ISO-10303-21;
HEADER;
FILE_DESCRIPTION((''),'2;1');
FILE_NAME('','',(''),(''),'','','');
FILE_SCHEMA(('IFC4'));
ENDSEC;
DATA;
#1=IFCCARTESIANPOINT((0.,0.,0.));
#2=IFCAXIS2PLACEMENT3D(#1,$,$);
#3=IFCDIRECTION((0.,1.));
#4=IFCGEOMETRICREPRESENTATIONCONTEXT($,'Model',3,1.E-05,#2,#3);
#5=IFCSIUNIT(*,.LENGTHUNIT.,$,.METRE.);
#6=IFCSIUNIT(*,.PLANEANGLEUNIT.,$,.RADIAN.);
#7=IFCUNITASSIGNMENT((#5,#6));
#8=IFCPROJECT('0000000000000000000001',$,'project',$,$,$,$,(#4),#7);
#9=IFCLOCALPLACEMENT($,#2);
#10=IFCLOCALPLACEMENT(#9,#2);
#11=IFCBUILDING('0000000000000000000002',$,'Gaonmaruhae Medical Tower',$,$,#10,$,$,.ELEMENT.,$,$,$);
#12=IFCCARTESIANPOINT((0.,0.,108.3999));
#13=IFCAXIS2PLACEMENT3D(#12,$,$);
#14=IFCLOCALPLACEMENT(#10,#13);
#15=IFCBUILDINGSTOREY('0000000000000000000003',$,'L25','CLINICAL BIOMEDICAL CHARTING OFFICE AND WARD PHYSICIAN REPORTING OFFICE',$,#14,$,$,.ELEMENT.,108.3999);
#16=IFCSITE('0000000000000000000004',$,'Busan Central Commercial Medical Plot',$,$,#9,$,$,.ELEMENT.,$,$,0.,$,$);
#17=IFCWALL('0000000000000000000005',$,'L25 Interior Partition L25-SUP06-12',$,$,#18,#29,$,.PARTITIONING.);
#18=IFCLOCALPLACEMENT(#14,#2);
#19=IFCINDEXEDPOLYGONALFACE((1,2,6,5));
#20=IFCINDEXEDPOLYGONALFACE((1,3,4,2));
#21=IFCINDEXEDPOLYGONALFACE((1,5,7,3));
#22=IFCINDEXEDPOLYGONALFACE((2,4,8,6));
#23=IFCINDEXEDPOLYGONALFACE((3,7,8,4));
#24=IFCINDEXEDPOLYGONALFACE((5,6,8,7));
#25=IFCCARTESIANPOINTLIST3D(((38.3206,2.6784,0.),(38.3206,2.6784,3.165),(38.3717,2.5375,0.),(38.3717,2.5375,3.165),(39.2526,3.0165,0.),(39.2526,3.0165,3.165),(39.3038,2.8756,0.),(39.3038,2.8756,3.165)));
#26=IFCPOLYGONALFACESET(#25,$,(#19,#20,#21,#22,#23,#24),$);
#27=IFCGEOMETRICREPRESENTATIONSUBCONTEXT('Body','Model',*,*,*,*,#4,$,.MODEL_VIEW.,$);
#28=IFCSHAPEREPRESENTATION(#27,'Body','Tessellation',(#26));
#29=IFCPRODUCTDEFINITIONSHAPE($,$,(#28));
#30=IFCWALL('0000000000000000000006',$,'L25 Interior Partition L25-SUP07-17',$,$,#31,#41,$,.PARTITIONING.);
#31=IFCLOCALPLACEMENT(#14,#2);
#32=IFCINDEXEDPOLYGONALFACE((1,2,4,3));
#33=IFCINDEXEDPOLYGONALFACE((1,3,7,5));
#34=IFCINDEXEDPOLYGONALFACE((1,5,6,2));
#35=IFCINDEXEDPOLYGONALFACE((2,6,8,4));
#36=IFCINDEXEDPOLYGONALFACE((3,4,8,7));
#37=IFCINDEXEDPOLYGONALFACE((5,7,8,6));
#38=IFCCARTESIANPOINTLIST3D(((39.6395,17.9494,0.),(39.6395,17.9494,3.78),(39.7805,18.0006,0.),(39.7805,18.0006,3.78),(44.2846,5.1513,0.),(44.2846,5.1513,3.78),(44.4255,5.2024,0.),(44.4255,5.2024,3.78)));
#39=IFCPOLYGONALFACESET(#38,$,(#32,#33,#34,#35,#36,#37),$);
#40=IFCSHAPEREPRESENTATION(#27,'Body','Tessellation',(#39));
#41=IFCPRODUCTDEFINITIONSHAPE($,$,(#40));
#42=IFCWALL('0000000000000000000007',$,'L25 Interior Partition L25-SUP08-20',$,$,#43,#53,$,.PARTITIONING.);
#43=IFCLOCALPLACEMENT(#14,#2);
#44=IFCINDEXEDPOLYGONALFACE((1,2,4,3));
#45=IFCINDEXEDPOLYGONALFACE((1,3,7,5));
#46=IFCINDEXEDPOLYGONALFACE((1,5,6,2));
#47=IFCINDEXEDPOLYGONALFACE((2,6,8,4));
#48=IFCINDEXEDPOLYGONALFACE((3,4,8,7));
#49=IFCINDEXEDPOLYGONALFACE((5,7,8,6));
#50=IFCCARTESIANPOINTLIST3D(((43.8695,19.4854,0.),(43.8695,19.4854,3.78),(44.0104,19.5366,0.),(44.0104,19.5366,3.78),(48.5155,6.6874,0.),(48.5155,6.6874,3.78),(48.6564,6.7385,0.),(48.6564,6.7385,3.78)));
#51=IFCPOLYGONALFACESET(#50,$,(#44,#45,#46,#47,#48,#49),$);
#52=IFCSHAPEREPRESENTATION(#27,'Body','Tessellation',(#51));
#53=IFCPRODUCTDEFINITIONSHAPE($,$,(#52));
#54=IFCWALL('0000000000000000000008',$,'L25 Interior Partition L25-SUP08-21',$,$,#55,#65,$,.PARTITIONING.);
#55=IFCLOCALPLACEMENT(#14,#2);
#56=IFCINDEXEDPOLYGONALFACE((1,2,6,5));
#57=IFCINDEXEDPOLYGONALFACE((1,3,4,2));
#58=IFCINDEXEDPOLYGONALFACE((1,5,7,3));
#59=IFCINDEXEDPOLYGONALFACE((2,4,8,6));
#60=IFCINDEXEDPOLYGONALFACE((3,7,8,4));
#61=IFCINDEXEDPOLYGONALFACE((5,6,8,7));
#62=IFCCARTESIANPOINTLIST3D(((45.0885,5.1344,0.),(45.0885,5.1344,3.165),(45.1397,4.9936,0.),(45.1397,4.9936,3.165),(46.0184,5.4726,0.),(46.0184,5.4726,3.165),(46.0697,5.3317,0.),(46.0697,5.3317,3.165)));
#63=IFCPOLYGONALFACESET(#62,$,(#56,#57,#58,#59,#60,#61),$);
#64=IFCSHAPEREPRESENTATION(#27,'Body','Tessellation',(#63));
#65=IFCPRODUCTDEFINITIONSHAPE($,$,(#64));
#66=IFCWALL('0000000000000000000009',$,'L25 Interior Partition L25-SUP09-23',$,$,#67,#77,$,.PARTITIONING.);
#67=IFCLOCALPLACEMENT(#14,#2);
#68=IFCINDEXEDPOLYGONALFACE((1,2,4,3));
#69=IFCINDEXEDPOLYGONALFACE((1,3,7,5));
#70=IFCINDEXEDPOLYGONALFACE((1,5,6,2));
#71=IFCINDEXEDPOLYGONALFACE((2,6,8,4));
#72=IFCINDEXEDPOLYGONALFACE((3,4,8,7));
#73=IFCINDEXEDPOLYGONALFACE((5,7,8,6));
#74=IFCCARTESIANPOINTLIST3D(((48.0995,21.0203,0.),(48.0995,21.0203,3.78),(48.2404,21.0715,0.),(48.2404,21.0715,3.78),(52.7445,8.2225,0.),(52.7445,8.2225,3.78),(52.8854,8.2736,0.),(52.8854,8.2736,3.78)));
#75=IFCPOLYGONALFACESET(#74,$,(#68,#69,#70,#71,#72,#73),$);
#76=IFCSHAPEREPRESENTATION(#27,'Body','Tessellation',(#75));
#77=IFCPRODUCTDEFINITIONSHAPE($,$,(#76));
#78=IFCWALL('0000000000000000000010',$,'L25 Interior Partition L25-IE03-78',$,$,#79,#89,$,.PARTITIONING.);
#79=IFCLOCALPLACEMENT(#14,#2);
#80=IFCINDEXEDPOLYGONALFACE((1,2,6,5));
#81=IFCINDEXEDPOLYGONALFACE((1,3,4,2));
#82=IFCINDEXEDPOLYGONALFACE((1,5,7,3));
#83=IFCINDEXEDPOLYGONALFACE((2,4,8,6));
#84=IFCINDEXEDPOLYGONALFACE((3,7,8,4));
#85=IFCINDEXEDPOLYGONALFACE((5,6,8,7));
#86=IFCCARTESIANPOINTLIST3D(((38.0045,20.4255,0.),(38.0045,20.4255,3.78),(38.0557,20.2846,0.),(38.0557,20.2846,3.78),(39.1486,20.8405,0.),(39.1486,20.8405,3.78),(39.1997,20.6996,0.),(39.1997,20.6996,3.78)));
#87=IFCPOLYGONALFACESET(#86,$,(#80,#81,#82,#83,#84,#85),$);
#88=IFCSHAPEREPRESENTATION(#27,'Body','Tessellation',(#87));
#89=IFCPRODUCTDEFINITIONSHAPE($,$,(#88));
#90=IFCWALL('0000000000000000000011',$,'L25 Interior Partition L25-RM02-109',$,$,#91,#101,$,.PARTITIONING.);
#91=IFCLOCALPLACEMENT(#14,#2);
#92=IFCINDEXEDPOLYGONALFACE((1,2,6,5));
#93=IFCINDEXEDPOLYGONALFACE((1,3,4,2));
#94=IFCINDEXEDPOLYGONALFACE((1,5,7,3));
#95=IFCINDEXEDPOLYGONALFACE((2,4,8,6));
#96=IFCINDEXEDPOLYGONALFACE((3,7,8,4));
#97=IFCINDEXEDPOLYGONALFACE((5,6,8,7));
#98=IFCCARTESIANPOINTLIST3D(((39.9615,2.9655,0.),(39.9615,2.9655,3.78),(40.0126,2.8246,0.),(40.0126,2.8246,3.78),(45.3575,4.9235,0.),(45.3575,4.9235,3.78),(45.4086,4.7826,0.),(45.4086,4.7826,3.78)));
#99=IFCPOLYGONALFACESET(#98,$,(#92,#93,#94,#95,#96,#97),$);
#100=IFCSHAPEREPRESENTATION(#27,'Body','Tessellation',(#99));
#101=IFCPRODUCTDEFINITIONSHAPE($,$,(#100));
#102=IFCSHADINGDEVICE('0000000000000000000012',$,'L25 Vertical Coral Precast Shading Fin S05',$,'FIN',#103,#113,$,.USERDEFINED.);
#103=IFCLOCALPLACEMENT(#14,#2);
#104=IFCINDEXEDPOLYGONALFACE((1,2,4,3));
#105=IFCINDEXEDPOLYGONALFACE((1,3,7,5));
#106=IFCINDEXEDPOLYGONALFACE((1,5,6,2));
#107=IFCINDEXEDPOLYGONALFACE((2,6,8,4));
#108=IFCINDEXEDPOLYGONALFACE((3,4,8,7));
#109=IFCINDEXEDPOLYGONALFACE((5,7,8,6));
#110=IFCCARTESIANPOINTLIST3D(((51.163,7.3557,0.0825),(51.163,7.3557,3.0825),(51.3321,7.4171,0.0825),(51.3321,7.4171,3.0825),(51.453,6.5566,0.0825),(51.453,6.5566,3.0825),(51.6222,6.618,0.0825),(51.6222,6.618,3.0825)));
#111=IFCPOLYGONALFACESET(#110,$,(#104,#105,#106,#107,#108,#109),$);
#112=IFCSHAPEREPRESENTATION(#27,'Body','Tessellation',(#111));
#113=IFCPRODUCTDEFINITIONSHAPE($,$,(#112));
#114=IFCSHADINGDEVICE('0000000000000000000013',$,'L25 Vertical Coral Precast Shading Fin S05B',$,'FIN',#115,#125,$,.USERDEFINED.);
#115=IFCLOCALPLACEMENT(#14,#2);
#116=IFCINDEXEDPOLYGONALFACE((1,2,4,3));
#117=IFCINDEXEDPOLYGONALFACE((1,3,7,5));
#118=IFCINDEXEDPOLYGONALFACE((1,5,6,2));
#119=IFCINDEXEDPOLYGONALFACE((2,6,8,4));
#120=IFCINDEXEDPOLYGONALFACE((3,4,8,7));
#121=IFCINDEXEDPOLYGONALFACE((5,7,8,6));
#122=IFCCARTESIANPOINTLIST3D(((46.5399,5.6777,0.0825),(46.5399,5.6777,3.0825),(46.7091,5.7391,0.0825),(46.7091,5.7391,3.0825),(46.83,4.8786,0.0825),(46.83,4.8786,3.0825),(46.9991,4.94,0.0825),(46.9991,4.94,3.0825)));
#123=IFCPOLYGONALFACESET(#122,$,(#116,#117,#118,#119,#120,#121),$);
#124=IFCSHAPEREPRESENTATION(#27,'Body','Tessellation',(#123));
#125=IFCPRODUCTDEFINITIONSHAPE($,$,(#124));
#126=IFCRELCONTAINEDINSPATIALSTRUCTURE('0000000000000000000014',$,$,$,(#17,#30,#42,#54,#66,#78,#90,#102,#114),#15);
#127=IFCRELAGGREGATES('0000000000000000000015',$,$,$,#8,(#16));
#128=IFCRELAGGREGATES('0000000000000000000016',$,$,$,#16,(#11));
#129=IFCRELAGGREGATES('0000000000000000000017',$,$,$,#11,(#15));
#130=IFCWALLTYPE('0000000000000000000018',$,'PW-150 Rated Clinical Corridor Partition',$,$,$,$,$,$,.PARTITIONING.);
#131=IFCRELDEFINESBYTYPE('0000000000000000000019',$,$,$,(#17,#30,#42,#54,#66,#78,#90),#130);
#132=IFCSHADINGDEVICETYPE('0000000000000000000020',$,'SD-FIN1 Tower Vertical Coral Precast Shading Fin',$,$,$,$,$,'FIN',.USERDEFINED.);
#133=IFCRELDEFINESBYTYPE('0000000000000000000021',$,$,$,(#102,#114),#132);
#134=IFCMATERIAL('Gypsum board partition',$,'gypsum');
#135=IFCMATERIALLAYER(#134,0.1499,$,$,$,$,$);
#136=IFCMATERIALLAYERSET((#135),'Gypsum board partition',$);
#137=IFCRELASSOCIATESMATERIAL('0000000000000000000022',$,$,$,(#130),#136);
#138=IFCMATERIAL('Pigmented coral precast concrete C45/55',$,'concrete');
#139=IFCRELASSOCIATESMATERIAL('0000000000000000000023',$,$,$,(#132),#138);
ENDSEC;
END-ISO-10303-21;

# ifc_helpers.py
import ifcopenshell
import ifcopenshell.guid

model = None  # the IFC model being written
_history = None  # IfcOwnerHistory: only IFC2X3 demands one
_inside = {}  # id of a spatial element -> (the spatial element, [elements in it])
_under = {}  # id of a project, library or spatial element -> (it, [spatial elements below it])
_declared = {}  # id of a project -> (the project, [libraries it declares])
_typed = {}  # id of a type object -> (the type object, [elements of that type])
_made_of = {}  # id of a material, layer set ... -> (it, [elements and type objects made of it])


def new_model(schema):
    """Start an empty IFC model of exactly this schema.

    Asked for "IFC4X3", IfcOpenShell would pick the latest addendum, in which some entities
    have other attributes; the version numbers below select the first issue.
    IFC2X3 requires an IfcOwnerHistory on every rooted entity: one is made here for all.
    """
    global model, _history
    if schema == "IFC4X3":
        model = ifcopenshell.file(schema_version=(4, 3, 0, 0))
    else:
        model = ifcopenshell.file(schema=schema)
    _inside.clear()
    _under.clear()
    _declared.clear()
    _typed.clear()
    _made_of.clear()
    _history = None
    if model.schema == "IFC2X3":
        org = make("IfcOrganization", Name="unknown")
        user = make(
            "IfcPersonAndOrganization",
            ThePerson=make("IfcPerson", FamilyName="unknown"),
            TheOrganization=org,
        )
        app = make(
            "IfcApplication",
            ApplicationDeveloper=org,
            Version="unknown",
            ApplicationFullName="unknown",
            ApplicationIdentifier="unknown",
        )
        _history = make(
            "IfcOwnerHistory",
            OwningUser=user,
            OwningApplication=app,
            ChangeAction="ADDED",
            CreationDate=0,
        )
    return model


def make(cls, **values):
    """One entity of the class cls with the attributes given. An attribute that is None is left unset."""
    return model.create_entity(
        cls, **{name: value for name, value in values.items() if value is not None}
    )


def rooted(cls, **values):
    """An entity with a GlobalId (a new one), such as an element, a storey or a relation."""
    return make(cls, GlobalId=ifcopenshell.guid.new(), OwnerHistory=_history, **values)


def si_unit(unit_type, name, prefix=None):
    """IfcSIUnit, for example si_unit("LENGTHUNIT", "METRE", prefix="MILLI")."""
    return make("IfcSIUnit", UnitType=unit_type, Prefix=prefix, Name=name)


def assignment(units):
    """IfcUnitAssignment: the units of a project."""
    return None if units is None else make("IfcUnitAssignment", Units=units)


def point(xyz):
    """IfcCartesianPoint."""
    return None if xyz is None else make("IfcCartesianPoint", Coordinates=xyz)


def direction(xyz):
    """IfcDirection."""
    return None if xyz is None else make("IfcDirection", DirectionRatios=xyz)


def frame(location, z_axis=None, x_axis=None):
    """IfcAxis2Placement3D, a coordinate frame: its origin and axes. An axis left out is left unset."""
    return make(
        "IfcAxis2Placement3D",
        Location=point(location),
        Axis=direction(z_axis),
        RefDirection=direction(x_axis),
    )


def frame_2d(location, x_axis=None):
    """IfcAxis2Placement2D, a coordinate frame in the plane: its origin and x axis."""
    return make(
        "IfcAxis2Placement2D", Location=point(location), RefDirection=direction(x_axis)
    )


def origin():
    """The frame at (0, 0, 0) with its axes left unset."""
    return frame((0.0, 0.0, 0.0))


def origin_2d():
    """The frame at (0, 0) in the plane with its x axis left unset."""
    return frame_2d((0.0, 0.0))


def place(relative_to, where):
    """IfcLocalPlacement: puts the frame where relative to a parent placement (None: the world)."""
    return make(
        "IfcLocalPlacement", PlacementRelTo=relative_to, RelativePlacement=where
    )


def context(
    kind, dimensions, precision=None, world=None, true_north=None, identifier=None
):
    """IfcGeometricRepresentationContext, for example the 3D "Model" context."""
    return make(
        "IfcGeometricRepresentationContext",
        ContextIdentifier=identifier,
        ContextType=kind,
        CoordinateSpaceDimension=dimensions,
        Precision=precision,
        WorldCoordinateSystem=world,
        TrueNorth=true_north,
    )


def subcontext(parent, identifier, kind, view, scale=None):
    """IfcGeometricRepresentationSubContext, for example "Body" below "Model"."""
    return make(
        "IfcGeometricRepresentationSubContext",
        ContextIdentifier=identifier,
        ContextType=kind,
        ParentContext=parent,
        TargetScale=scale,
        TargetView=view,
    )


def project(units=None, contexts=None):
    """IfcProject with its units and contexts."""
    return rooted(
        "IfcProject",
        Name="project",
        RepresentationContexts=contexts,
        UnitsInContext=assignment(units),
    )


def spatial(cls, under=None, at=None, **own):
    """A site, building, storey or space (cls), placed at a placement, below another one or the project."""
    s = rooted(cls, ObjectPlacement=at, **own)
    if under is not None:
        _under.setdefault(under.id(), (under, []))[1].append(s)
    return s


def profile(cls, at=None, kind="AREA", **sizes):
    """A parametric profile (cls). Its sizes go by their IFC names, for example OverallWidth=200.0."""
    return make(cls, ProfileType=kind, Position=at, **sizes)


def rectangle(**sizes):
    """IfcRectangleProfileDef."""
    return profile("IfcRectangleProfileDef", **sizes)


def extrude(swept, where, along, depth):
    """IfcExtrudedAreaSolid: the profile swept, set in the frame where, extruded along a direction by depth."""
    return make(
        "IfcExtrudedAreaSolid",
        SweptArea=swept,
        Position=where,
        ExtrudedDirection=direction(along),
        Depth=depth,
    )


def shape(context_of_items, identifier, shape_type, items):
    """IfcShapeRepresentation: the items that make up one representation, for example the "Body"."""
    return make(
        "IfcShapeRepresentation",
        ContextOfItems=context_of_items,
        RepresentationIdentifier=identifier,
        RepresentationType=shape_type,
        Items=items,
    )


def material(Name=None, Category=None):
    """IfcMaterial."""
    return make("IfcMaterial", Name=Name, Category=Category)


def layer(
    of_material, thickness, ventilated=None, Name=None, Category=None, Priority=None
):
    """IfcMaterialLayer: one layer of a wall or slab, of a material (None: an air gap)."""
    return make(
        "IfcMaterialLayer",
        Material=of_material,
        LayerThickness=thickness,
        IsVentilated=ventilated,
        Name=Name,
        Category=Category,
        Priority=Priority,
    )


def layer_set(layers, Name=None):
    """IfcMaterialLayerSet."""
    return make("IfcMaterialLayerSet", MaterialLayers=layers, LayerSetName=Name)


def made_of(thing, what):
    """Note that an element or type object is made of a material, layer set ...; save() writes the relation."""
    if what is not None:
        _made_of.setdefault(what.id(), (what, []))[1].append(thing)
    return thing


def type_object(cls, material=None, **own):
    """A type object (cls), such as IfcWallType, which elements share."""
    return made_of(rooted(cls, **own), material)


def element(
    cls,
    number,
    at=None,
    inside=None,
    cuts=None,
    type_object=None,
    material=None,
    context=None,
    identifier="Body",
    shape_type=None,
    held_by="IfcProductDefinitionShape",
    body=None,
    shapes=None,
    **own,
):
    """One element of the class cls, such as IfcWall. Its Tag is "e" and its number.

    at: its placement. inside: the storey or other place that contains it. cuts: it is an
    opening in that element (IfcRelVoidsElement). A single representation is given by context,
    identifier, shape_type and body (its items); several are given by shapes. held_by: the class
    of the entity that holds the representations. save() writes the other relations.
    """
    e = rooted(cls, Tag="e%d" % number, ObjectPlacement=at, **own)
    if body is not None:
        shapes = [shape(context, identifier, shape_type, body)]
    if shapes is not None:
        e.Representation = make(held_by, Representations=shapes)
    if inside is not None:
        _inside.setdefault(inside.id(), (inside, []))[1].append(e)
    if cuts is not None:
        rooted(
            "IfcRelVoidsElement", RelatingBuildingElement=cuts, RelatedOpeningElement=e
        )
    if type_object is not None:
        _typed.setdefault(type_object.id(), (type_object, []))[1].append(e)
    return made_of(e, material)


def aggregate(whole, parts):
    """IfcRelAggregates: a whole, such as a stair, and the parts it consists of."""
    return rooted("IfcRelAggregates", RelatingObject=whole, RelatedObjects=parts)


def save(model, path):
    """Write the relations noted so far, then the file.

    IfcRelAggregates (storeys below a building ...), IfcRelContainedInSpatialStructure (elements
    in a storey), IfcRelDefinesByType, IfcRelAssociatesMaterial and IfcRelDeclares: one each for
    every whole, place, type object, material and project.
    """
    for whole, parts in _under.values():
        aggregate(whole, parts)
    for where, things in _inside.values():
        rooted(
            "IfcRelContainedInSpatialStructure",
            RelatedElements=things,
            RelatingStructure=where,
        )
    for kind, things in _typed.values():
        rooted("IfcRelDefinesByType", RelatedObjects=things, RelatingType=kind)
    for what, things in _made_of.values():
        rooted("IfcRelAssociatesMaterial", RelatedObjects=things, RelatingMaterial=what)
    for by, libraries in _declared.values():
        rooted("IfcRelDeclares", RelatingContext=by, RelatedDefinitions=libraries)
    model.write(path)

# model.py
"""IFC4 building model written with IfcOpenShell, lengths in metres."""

from ifc_helpers import new_model, si_unit, direction, frame, frame_2d, origin, origin_2d, place, context, subcontext, project, spatial, rectangle, extrude, material, layer, layer_set, type_object, element, save


model = new_model("IFC4")

# Units and contexts
model_context = context("Model", 3, precision=1e-05, world=origin(), true_north=direction((0.0, 1.0)))
body_context = subcontext(model_context, "Body", "Model", "MODEL_VIEW")
ifc_project = project(units=[si_unit("LENGTHUNIT", "METRE"), si_unit("PLANEANGLEUNIT", "RADIAN")], contexts=[model_context])

# Site, building, storey
site_placement = place(None, origin())
site = spatial("IfcSite", under=ifc_project, at=site_placement, Name="Busan Central Commercial Medical Plot", CompositionType="ELEMENT", RefElevation=0.0)
building_placement = place(site_placement, origin())
building = spatial("IfcBuilding", under=site, at=building_placement, Name="Gaonmaruhae Medical Tower", CompositionType="ELEMENT")
storey_placement = place(building_placement, frame((0.0, 0.0, 108.3999)))
storey = spatial("IfcBuildingStorey", under=building, at=storey_placement, Name="L25", Description="CLINICAL BIOMEDICAL CHARTING OFFICE AND WARD PHYSICIAN REPORTING OFFICE", CompositionType="ELEMENT", Elevation=108.3999)

# Walls
ifc_material_1 = material(Name="Gypsum board partition", Category="gypsum")
ifc_layer_1 = layer(ifc_material_1, 0.1499)
ifc_layer_set_1 = layer_set([ifc_layer_1], Name="Gypsum board partition")
wall_type_1 = type_object("IfcWallType", Name="PW-150 Rated Clinical Corridor Partition", PredefinedType="PARTITIONING", material=ifc_layer_set_1)
wall_1_placement = place(storey_placement, frame((39.2781, 2.946, 0.0), z_axis=(0.0, 0.0, 1.0), x_axis=(-0.940059, -0.341011, 0.0)))
element("IfcWall", 1, at=wall_1_placement, inside=storey, type_object=wall_type_1, Name="L25 Interior Partition L25-SUP06-12", PredefinedType="PARTITIONING", context=body_context, shape_type="SweptSolid", body=[
    extrude(rectangle(XDim=0.9915, YDim=0.1499, at=frame_2d((0.4956, 0.0))), origin(), (0.0, 0.0, 1.0), 3.165),
])
wall_2_placement = place(storey_placement, frame((39.71, 17.9751, 0.0), z_axis=(0.0, 0.0, 1.0), x_axis=(0.34117, -0.940002, 0.0)))
element("IfcWall", 2, at=wall_2_placement, inside=storey, type_object=wall_type_1, Name="L25 Interior Partition L25-SUP07-17", PredefinedType="PARTITIONING", context=body_context, shape_type="SweptSolid", body=[
    extrude(rectangle(XDim=13.615, YDim=0.1499, at=frame_2d((6.8076, 0.0))), origin(), (0.0, 0.0, 1.0), 3.78),
])

# Walls
wall_3_placement = place(storey_placement, frame((43.9399, 19.511, 0.0), z_axis=(0.0, 0.0, 1.0), x_axis=(0.341233, -0.939979, 0.0)))
element("IfcWall", 3, at=wall_3_placement, inside=storey, type_object=wall_type_1, Name="L25 Interior Partition L25-SUP08-20", PredefinedType="PARTITIONING", context=body_context, shape_type="SweptSolid", body=[
    extrude(rectangle(XDim=13.6152, YDim=0.1499, at=frame_2d((6.8076, 0.0))), origin(), (0.0, 0.0, 1.0), 3.78),
])
wall_4_placement = place(storey_placement, frame((46.0439, 5.4021, 0.0), z_axis=(0.0, 0.0, 1.0), x_axis=(-0.939801, -0.341723, 0.0)))
element("IfcWall", 4, at=wall_4_placement, inside=storey, type_object=wall_type_1, Name="L25 Interior Partition L25-SUP08-21", PredefinedType="PARTITIONING", context=body_context, shape_type="SweptSolid", body=[
    extrude(rectangle(XDim=0.9895, YDim=0.1499, at=frame_2d((0.4946, 0.0))), origin(), (0.0, 0.0, 1.0), 3.165),
])

# Wall
wall_5_placement = place(storey_placement, frame((48.1699, 21.0459, 0.0), z_axis=(0.0, 0.0, 1.0), x_axis=(0.341176, -0.94, 0.0)))
element("IfcWall", 5, at=wall_5_placement, inside=storey, type_object=wall_type_1, Name="L25 Interior Partition L25-SUP09-23", PredefinedType="PARTITIONING", context=body_context, shape_type="SweptSolid", body=[
    extrude(rectangle(XDim=13.6147, YDim=0.1499, at=frame_2d((6.8074, 0.0))), origin(), (0.0, 0.0, 1.0), 3.78),
])

# Walls
wall_6_placement = place(storey_placement, frame((39.1741, 20.77, 0.0), z_axis=(0.0, 0.0, 1.0), x_axis=(-0.940051, -0.341034, 0.0)))
element("IfcWall", 6, at=wall_6_placement, inside=storey, type_object=wall_type_1, Name="L25 Interior Partition L25-IE03-78", PredefinedType="PARTITIONING", context=body_context, shape_type="SweptSolid", body=[
    extrude(rectangle(XDim=1.217, YDim=0.1499, at=frame_2d((0.6084, 0.0))), origin(), (0.0, 0.0, 1.0), 3.78),
])
wall_7_placement = place(storey_placement, frame((45.3831, 4.853, 0.0), z_axis=(0.0, 0.0, 1.0), x_axis=(-0.940027, -0.341101, 0.0)))
element("IfcWall", 7, at=wall_7_placement, inside=storey, type_object=wall_type_1, Name="L25 Interior Partition L25-RM02-109", PredefinedType="PARTITIONING", context=body_context, shape_type="SweptSolid", body=[
    extrude(rectangle(XDim=5.7402, YDim=0.1499, at=frame_2d((2.8701, 0.0))), origin(), (0.0, 0.0, 1.0), 3.78),
])

# Shading devices
ifc_material_2 = material(Name="Pigmented coral precast concrete C45/55", Category="concrete")
shading_device_type = type_object("IfcShadingDeviceType", Name="SD-FIN1 Tower Vertical Coral Precast Shading Fin", ElementType="FIN", PredefinedType="USERDEFINED", material=ifc_material_2)
for number, where, z_axis, x_axis, name in (
    (8, (51.3926, 6.9868, 0.0825), (0.0, 0.0, 1.0), (-0.939991, -0.3412, 0.0), "L25 Vertical Coral Precast Shading Fin S05"),
    (9, (46.7695, 5.3088, 0.0825), (0.0, 0.0, 1.0), (-0.939991, -0.3412, 0.0), "L25 Vertical Coral Precast Shading Fin S05B"),
):
    element("IfcShadingDevice", number, at=place(storey_placement, frame(where, z_axis=z_axis, x_axis=x_axis)), inside=storey, type_object=shading_device_type, Name=name, ObjectType="FIN", PredefinedType="USERDEFINED", context=body_context, shape_type="SweptSolid", body=[
        extrude(rectangle(XDim=0.1799, YDim=0.8501, at=origin_2d()), origin(), (0.0, 0.0, 1.0), 3.0),
    ])

save(model, "model.ifc")
